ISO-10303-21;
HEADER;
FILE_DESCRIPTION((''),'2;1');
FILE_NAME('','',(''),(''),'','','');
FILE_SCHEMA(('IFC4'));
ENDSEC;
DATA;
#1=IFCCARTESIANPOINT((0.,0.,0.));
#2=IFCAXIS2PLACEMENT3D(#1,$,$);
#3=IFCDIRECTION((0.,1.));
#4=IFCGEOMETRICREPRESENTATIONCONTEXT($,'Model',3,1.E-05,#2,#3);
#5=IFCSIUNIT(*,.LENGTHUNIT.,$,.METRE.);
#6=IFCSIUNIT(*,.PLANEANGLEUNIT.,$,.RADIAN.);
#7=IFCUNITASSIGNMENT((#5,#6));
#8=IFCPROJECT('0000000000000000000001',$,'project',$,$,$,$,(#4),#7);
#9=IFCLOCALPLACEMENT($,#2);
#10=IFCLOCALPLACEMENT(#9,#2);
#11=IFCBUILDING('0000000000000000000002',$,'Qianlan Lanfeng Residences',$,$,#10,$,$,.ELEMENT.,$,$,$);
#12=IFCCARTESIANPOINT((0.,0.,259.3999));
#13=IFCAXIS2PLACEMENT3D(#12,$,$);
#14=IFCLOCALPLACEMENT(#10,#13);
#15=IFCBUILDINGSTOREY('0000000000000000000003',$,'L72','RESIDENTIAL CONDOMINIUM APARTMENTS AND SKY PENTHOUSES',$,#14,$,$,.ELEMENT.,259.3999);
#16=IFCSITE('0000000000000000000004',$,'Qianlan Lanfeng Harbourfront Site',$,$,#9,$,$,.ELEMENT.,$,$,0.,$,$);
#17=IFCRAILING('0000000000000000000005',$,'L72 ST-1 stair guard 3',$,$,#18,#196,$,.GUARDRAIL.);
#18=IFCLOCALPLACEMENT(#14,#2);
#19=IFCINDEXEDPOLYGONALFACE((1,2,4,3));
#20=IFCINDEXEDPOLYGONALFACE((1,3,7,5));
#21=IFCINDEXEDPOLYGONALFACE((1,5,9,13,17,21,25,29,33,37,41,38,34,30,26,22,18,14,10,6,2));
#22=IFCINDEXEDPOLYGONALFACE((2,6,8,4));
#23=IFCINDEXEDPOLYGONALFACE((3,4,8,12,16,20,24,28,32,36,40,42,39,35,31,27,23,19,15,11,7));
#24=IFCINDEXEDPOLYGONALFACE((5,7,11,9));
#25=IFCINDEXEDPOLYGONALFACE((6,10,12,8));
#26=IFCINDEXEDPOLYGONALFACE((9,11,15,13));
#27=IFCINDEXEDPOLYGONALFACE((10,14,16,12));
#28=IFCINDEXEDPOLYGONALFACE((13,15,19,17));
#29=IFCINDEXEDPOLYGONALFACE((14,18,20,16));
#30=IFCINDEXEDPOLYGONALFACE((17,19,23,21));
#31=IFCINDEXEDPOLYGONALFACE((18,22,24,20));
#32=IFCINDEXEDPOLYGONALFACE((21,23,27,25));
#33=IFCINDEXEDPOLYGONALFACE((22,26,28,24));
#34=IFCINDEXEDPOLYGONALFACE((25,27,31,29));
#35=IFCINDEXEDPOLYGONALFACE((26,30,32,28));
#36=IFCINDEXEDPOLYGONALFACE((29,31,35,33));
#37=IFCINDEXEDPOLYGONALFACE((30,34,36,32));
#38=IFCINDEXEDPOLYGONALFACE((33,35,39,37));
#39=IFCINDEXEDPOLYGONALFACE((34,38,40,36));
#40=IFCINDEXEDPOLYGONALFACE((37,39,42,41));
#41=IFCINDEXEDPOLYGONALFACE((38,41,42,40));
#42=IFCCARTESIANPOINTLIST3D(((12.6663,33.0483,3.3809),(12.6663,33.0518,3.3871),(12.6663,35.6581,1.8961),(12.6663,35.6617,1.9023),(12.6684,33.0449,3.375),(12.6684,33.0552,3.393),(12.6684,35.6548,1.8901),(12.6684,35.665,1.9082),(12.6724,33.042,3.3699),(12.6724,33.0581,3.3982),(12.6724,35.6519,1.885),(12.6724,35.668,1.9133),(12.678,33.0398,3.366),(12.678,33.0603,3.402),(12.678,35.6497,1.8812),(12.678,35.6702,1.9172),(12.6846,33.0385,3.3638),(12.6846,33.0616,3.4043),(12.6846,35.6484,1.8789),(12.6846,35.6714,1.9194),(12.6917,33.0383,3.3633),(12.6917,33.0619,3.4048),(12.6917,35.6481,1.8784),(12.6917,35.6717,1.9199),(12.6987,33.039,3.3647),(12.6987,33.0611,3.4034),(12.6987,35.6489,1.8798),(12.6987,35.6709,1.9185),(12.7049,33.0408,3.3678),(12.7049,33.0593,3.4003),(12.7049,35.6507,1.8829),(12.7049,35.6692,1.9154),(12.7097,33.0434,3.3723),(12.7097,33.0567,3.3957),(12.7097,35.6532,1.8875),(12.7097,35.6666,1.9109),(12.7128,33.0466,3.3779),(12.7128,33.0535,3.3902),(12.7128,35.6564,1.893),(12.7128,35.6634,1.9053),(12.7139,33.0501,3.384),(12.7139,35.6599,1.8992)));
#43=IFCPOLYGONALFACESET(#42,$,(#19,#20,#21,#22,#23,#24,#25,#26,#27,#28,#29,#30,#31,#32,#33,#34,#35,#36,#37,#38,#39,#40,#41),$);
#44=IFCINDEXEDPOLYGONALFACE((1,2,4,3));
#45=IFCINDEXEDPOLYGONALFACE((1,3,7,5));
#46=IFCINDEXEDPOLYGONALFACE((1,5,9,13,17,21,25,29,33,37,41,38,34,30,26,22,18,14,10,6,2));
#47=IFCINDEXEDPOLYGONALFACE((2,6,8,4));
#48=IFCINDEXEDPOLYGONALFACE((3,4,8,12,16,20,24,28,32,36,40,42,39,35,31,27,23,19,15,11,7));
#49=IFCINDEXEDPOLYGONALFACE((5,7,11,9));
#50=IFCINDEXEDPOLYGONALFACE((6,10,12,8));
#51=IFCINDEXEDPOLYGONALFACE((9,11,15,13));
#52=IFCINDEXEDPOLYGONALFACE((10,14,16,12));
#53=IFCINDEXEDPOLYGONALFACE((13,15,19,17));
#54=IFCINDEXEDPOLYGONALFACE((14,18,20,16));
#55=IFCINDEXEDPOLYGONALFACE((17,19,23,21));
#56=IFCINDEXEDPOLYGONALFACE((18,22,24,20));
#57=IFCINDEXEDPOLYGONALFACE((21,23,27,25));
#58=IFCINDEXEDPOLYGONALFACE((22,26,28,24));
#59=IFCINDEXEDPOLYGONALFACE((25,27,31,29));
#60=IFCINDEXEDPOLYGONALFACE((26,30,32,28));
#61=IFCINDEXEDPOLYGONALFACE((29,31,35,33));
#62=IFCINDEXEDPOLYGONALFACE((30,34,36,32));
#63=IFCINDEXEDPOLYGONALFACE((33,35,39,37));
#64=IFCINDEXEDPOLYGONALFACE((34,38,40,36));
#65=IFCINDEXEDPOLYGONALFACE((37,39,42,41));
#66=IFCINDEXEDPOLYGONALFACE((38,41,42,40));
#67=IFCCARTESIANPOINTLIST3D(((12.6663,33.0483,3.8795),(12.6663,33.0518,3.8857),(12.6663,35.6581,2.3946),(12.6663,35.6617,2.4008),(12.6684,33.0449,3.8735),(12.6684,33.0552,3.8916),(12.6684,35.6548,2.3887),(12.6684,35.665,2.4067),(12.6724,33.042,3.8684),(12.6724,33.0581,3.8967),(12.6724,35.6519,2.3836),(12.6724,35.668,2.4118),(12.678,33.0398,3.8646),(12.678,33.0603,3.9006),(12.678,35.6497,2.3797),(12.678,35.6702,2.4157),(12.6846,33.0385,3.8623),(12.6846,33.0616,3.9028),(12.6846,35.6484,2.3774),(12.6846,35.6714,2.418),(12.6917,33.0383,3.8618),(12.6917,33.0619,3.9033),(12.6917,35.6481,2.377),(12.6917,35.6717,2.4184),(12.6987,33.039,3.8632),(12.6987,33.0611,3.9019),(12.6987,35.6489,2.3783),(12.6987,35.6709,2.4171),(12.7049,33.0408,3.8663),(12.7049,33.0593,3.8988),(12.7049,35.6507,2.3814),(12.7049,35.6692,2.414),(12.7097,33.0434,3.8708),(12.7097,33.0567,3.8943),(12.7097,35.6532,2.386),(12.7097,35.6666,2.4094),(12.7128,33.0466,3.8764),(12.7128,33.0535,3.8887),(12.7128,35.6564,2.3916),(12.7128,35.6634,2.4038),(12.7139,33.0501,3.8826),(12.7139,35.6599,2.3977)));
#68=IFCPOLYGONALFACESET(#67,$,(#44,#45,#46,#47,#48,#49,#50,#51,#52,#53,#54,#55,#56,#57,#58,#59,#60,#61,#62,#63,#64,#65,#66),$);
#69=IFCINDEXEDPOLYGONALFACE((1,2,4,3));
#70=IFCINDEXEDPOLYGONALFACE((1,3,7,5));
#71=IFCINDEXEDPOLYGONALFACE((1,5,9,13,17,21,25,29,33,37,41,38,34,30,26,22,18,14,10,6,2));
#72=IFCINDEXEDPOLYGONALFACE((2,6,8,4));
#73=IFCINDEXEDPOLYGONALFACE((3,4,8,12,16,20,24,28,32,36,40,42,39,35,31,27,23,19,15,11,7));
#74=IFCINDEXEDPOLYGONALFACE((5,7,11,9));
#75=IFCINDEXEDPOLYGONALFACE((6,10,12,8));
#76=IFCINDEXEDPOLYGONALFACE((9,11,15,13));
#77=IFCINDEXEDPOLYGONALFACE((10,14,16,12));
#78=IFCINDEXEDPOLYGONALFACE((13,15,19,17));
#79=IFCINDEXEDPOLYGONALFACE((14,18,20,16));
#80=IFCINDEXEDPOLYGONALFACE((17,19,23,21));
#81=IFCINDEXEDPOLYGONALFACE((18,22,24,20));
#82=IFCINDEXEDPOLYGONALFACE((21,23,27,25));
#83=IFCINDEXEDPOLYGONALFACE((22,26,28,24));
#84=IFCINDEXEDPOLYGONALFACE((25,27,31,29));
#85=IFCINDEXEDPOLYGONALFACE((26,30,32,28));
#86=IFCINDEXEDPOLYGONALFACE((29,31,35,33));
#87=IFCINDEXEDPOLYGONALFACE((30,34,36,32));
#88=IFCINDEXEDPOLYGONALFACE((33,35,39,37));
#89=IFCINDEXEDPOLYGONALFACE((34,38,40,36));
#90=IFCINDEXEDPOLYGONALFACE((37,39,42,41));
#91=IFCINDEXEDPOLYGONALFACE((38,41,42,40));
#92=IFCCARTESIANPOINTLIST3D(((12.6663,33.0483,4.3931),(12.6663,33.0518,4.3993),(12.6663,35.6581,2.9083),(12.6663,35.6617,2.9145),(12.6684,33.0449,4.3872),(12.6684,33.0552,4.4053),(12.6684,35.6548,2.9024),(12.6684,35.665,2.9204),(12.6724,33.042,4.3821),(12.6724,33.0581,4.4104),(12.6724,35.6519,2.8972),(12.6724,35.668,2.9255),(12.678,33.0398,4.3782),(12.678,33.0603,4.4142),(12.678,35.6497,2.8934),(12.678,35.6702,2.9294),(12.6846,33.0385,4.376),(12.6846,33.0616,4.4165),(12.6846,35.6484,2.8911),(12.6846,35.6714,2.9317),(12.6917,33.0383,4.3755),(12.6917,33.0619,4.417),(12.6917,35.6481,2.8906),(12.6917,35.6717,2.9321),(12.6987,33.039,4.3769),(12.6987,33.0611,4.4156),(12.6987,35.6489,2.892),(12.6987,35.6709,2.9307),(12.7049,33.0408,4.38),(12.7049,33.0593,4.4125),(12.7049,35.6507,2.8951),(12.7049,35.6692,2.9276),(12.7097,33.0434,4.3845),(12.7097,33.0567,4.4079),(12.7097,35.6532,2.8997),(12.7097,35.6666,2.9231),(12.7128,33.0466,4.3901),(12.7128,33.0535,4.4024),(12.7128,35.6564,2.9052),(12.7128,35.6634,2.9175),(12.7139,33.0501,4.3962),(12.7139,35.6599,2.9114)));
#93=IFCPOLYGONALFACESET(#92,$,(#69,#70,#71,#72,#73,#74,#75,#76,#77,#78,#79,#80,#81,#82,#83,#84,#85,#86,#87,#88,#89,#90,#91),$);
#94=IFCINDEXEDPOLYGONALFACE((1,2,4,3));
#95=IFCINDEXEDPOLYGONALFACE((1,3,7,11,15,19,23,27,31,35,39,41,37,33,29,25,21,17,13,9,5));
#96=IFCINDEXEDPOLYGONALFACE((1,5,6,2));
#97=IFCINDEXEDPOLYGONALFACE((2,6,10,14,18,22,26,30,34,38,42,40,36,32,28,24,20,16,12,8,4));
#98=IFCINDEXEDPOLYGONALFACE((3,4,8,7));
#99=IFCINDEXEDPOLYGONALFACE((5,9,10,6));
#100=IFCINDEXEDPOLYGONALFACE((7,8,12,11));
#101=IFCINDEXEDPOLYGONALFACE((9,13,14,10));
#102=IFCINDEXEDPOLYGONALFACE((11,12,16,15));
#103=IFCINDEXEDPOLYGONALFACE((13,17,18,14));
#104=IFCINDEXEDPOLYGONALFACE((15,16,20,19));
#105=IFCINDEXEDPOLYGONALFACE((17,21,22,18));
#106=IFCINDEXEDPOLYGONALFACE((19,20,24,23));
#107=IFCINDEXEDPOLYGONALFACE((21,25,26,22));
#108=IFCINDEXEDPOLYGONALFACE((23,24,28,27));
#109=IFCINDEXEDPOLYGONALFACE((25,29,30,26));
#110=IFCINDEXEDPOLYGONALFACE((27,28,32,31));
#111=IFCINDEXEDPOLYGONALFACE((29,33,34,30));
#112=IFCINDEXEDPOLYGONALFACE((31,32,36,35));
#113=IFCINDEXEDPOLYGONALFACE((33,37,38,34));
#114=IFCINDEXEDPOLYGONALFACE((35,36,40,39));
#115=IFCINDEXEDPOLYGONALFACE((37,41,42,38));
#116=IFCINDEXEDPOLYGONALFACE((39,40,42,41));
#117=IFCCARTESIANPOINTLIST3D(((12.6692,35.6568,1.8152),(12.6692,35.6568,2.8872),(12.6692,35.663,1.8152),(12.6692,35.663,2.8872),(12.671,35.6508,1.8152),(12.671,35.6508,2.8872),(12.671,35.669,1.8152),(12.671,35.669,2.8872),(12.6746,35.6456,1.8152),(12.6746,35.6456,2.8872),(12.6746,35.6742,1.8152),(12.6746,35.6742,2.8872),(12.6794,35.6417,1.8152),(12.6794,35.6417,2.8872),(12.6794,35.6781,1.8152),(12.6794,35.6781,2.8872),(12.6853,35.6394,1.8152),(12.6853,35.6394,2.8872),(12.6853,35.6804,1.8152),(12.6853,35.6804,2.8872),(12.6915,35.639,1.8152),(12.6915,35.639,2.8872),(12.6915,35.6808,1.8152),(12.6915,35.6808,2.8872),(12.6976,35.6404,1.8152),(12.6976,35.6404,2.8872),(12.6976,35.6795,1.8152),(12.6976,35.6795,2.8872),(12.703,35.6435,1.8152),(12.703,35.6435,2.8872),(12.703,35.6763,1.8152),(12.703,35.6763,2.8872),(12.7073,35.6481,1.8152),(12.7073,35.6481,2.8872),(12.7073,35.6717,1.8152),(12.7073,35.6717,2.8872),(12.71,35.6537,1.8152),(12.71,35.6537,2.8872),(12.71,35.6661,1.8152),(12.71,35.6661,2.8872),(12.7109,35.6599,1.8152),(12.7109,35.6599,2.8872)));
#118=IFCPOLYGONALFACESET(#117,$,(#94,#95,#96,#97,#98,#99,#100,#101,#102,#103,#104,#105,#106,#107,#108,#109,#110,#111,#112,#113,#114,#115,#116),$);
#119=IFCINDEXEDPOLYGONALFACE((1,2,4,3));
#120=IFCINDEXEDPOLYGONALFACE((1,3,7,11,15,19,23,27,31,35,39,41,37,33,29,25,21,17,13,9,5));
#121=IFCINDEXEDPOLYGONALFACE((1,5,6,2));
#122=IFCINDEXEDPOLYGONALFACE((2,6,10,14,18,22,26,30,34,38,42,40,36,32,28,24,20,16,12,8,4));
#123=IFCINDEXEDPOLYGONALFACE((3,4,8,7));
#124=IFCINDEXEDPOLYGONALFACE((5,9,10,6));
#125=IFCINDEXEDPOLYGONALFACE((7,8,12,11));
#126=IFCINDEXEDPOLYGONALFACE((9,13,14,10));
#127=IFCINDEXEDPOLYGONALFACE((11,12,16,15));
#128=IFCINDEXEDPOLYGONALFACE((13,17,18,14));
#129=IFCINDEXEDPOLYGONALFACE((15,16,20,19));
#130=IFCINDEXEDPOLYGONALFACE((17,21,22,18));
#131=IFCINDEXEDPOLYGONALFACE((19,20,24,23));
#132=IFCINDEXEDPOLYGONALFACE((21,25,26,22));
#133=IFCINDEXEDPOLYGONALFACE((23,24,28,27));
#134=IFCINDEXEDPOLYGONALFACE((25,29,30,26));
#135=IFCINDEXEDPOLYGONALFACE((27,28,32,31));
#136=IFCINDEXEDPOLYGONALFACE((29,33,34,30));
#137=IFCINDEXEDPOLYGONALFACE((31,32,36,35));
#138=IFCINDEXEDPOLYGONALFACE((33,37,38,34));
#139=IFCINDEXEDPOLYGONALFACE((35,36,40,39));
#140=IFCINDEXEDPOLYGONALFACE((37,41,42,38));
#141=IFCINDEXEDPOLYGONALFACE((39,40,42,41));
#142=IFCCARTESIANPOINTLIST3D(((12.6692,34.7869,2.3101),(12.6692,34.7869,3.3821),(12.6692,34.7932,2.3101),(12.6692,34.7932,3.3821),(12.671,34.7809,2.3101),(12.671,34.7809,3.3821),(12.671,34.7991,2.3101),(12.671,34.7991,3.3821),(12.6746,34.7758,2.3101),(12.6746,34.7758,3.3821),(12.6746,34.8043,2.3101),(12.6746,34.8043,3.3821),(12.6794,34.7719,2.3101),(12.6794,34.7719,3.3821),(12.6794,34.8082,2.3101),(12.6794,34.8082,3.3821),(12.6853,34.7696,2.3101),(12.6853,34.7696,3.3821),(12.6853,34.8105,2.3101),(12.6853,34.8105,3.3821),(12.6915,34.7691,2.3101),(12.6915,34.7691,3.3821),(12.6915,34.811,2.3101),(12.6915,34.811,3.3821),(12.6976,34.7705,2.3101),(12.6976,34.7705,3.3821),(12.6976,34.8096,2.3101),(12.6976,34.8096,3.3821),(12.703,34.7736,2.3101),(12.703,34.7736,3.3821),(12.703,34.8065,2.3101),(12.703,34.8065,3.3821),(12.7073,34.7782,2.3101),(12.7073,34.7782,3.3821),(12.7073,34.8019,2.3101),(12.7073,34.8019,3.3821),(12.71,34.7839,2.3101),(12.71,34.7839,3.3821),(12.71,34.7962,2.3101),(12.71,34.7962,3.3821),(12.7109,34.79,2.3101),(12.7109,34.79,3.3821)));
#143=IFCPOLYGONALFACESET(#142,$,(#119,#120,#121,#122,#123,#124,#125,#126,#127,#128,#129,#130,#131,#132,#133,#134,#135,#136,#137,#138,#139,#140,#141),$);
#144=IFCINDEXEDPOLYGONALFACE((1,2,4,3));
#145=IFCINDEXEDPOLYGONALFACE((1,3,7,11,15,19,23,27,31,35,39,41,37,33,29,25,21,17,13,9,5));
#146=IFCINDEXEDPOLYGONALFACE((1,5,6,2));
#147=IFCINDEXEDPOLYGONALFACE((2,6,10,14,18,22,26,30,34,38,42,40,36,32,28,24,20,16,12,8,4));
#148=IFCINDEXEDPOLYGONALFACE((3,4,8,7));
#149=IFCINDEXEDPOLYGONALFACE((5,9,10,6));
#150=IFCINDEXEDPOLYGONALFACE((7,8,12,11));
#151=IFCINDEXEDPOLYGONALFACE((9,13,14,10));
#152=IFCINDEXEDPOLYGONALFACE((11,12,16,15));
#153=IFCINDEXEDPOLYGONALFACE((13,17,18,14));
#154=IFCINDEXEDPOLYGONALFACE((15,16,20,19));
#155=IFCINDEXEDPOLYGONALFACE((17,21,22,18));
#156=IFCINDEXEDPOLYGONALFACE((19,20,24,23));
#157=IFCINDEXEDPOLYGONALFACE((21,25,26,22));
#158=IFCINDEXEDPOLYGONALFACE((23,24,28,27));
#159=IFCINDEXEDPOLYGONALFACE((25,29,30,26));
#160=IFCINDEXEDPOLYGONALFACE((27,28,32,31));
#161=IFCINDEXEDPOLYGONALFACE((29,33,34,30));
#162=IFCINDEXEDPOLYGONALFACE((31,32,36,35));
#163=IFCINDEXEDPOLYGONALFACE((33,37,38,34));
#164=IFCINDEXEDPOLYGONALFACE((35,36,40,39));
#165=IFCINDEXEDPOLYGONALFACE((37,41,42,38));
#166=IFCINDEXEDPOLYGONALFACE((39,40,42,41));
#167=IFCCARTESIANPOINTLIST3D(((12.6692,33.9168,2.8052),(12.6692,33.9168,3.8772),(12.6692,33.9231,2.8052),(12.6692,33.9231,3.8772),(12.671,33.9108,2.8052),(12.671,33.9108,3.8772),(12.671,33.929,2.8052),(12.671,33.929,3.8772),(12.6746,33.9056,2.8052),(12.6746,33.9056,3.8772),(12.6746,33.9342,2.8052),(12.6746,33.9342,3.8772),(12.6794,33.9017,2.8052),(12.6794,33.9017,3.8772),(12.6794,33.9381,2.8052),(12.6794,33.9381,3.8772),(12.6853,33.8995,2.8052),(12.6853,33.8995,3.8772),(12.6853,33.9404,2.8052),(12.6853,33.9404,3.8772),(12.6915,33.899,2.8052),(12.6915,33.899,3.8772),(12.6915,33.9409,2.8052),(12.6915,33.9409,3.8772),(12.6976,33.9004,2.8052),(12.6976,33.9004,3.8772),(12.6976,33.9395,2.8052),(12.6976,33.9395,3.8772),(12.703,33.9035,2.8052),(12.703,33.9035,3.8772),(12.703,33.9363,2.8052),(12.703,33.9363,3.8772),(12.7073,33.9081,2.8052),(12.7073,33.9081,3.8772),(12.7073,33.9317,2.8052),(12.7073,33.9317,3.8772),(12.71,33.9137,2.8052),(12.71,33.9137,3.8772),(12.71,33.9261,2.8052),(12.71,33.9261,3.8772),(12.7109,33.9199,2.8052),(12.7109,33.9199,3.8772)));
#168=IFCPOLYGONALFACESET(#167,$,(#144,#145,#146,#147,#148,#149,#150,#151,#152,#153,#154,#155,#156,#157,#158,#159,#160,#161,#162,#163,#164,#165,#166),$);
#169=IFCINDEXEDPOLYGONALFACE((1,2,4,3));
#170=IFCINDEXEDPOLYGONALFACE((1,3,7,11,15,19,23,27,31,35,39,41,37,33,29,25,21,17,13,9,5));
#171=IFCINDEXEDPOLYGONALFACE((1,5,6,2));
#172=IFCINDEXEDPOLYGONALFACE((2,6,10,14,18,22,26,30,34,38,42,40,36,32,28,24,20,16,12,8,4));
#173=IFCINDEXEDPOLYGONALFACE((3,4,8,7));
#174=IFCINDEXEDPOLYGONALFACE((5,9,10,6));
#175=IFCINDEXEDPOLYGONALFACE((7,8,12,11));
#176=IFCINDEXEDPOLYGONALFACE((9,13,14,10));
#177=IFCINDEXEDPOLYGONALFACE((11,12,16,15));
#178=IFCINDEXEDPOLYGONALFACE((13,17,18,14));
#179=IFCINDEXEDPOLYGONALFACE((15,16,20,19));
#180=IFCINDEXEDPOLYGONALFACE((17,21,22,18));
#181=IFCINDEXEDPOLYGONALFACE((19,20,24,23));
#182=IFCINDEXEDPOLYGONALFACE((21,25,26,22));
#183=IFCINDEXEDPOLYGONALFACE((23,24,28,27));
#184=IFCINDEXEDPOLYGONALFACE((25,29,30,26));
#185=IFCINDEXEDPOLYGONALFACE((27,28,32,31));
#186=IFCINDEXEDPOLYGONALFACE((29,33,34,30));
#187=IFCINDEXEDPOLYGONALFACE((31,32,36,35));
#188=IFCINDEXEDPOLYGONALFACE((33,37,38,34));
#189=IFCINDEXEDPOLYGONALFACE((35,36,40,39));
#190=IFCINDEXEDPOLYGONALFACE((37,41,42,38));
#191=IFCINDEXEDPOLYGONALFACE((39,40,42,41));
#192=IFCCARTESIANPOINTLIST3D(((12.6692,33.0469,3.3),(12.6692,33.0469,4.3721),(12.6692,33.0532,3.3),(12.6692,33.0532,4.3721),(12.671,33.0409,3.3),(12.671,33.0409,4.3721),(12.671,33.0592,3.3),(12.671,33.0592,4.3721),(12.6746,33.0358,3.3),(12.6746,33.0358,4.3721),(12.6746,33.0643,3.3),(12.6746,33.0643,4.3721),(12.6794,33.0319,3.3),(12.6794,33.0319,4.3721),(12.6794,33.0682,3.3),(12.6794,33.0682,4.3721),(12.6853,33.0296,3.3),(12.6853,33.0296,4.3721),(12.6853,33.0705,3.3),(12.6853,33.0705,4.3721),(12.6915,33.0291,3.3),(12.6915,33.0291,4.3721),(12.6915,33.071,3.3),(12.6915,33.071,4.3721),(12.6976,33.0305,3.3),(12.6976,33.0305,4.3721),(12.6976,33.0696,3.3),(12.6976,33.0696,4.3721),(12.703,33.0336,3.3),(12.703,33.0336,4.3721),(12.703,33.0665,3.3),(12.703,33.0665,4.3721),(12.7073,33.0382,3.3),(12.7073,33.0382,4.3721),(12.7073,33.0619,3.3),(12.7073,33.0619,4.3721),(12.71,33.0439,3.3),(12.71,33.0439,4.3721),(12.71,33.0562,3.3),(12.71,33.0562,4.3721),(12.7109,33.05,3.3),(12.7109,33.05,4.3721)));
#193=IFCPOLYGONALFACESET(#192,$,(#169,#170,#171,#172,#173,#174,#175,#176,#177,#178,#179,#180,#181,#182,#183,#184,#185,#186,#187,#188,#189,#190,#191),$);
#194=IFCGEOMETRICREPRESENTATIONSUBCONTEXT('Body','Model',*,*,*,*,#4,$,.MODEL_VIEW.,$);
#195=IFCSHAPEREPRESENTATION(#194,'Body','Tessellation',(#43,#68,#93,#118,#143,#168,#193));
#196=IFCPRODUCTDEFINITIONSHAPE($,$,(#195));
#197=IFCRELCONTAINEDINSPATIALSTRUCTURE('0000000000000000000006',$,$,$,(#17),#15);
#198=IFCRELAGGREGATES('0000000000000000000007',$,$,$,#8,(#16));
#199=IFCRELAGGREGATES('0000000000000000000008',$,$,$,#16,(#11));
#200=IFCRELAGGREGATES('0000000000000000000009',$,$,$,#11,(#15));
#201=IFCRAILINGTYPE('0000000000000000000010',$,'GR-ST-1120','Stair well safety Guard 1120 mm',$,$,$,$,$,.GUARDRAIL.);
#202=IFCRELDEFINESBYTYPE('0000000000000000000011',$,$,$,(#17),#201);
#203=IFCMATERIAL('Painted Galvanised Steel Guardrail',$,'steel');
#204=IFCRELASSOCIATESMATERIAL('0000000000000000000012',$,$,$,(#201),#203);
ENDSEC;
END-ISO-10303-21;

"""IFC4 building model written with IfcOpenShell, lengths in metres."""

from ifc_helpers import new_model, si_unit, direction, frame, origin, origin_2d, place, context, subcontext, project, spatial, circle, extrude, material, type_object, element, save


model = new_model("IFC4")

# Units and contexts
model_context = context("Model", 3, precision=1e-05, world=origin(), true_north=direction((0.0, 1.0)))
body_context = subcontext(model_context, "Body", "Model", "MODEL_VIEW")
ifc_project = project(units=[si_unit("LENGTHUNIT", "METRE"), si_unit("PLANEANGLEUNIT", "RADIAN")], contexts=[model_context])

# Site, building, storey
site_placement = place(None, origin())
site = spatial("IfcSite", under=ifc_project, at=site_placement, Name="Qianlan Lanfeng Harbourfront Site", CompositionType="ELEMENT", RefElevation=0.0)
building_placement = place(site_placement, origin())
building = spatial("IfcBuilding", under=site, at=building_placement, Name="Qianlan Lanfeng Residences", CompositionType="ELEMENT")
storey_placement = place(building_placement, frame((0.0, 0.0, 259.3999)))
storey = spatial("IfcBuildingStorey", under=building, at=storey_placement, Name="L72", Description="RESIDENTIAL CONDOMINIUM APARTMENTS AND SKY PENTHOUSES", CompositionType="ELEMENT", Elevation=259.3999)

# Railing
ifc_material_1 = material(Name="Painted Galvanised Steel Guardrail", Category="steel")
railing_type_1 = type_object("IfcRailingType", Name="GR-ST-1120", Description="Stair well safety Guard 1120 mm", PredefinedType="GUARDRAIL", material=ifc_material_1)
railing_1_placement = place(storey_placement, frame((12.6899, 35.6599, 1.8152)))
element("IfcRailing", 1, at=railing_1_placement, inside=storey, type_object=railing_type_1, Name="L72 ST-1 stair guard 3", PredefinedType="GUARDRAIL", context=body_context, shape_type="SweptSolid", body=[
    extrude(circle(Radius=0.0239, at=origin_2d()), frame((0.0, 0.0, 0.084), z_axis=(0.0, -0.869172, 0.494509), x_axis=(1.0, 0.0, 0.0)), (0.0, 0.0, 1.0), 3.0027),
    extrude(circle(Radius=0.0239, at=origin_2d()), frame((0.0, 0.0, 0.5825), z_axis=(0.0, -0.869172, 0.494509), x_axis=(1.0, 0.0, 0.0)), (0.0, 0.0, 1.0), 3.0027),
    extrude(circle(Radius=0.0239, at=origin_2d()), frame((0.0, 0.0, 1.0962), z_axis=(0.0, -0.869172, 0.494509), x_axis=(1.0, 0.0, 0.0)), (0.0, 0.0, 1.0), 3.0027),
    extrude(circle(Radius=0.021, at=origin_2d()), origin(), (0.0, 0.0, 1.0), 1.072),
    extrude(circle(Radius=0.021, at=origin_2d()), frame((0.0, -0.8699, 0.4949)), (0.0, 0.0, 1.0), 1.072),
    extrude(circle(Radius=0.021, at=origin_2d()), frame((0.0, -1.74, 0.99)), (0.0, 0.0, 1.0), 1.072),
    extrude(circle(Radius=0.021, at=origin_2d()), frame((0.0, -2.6099, 1.4849)), (0.0, 0.0, 1.0), 1.072),
])

save(model, "model.ifc")
